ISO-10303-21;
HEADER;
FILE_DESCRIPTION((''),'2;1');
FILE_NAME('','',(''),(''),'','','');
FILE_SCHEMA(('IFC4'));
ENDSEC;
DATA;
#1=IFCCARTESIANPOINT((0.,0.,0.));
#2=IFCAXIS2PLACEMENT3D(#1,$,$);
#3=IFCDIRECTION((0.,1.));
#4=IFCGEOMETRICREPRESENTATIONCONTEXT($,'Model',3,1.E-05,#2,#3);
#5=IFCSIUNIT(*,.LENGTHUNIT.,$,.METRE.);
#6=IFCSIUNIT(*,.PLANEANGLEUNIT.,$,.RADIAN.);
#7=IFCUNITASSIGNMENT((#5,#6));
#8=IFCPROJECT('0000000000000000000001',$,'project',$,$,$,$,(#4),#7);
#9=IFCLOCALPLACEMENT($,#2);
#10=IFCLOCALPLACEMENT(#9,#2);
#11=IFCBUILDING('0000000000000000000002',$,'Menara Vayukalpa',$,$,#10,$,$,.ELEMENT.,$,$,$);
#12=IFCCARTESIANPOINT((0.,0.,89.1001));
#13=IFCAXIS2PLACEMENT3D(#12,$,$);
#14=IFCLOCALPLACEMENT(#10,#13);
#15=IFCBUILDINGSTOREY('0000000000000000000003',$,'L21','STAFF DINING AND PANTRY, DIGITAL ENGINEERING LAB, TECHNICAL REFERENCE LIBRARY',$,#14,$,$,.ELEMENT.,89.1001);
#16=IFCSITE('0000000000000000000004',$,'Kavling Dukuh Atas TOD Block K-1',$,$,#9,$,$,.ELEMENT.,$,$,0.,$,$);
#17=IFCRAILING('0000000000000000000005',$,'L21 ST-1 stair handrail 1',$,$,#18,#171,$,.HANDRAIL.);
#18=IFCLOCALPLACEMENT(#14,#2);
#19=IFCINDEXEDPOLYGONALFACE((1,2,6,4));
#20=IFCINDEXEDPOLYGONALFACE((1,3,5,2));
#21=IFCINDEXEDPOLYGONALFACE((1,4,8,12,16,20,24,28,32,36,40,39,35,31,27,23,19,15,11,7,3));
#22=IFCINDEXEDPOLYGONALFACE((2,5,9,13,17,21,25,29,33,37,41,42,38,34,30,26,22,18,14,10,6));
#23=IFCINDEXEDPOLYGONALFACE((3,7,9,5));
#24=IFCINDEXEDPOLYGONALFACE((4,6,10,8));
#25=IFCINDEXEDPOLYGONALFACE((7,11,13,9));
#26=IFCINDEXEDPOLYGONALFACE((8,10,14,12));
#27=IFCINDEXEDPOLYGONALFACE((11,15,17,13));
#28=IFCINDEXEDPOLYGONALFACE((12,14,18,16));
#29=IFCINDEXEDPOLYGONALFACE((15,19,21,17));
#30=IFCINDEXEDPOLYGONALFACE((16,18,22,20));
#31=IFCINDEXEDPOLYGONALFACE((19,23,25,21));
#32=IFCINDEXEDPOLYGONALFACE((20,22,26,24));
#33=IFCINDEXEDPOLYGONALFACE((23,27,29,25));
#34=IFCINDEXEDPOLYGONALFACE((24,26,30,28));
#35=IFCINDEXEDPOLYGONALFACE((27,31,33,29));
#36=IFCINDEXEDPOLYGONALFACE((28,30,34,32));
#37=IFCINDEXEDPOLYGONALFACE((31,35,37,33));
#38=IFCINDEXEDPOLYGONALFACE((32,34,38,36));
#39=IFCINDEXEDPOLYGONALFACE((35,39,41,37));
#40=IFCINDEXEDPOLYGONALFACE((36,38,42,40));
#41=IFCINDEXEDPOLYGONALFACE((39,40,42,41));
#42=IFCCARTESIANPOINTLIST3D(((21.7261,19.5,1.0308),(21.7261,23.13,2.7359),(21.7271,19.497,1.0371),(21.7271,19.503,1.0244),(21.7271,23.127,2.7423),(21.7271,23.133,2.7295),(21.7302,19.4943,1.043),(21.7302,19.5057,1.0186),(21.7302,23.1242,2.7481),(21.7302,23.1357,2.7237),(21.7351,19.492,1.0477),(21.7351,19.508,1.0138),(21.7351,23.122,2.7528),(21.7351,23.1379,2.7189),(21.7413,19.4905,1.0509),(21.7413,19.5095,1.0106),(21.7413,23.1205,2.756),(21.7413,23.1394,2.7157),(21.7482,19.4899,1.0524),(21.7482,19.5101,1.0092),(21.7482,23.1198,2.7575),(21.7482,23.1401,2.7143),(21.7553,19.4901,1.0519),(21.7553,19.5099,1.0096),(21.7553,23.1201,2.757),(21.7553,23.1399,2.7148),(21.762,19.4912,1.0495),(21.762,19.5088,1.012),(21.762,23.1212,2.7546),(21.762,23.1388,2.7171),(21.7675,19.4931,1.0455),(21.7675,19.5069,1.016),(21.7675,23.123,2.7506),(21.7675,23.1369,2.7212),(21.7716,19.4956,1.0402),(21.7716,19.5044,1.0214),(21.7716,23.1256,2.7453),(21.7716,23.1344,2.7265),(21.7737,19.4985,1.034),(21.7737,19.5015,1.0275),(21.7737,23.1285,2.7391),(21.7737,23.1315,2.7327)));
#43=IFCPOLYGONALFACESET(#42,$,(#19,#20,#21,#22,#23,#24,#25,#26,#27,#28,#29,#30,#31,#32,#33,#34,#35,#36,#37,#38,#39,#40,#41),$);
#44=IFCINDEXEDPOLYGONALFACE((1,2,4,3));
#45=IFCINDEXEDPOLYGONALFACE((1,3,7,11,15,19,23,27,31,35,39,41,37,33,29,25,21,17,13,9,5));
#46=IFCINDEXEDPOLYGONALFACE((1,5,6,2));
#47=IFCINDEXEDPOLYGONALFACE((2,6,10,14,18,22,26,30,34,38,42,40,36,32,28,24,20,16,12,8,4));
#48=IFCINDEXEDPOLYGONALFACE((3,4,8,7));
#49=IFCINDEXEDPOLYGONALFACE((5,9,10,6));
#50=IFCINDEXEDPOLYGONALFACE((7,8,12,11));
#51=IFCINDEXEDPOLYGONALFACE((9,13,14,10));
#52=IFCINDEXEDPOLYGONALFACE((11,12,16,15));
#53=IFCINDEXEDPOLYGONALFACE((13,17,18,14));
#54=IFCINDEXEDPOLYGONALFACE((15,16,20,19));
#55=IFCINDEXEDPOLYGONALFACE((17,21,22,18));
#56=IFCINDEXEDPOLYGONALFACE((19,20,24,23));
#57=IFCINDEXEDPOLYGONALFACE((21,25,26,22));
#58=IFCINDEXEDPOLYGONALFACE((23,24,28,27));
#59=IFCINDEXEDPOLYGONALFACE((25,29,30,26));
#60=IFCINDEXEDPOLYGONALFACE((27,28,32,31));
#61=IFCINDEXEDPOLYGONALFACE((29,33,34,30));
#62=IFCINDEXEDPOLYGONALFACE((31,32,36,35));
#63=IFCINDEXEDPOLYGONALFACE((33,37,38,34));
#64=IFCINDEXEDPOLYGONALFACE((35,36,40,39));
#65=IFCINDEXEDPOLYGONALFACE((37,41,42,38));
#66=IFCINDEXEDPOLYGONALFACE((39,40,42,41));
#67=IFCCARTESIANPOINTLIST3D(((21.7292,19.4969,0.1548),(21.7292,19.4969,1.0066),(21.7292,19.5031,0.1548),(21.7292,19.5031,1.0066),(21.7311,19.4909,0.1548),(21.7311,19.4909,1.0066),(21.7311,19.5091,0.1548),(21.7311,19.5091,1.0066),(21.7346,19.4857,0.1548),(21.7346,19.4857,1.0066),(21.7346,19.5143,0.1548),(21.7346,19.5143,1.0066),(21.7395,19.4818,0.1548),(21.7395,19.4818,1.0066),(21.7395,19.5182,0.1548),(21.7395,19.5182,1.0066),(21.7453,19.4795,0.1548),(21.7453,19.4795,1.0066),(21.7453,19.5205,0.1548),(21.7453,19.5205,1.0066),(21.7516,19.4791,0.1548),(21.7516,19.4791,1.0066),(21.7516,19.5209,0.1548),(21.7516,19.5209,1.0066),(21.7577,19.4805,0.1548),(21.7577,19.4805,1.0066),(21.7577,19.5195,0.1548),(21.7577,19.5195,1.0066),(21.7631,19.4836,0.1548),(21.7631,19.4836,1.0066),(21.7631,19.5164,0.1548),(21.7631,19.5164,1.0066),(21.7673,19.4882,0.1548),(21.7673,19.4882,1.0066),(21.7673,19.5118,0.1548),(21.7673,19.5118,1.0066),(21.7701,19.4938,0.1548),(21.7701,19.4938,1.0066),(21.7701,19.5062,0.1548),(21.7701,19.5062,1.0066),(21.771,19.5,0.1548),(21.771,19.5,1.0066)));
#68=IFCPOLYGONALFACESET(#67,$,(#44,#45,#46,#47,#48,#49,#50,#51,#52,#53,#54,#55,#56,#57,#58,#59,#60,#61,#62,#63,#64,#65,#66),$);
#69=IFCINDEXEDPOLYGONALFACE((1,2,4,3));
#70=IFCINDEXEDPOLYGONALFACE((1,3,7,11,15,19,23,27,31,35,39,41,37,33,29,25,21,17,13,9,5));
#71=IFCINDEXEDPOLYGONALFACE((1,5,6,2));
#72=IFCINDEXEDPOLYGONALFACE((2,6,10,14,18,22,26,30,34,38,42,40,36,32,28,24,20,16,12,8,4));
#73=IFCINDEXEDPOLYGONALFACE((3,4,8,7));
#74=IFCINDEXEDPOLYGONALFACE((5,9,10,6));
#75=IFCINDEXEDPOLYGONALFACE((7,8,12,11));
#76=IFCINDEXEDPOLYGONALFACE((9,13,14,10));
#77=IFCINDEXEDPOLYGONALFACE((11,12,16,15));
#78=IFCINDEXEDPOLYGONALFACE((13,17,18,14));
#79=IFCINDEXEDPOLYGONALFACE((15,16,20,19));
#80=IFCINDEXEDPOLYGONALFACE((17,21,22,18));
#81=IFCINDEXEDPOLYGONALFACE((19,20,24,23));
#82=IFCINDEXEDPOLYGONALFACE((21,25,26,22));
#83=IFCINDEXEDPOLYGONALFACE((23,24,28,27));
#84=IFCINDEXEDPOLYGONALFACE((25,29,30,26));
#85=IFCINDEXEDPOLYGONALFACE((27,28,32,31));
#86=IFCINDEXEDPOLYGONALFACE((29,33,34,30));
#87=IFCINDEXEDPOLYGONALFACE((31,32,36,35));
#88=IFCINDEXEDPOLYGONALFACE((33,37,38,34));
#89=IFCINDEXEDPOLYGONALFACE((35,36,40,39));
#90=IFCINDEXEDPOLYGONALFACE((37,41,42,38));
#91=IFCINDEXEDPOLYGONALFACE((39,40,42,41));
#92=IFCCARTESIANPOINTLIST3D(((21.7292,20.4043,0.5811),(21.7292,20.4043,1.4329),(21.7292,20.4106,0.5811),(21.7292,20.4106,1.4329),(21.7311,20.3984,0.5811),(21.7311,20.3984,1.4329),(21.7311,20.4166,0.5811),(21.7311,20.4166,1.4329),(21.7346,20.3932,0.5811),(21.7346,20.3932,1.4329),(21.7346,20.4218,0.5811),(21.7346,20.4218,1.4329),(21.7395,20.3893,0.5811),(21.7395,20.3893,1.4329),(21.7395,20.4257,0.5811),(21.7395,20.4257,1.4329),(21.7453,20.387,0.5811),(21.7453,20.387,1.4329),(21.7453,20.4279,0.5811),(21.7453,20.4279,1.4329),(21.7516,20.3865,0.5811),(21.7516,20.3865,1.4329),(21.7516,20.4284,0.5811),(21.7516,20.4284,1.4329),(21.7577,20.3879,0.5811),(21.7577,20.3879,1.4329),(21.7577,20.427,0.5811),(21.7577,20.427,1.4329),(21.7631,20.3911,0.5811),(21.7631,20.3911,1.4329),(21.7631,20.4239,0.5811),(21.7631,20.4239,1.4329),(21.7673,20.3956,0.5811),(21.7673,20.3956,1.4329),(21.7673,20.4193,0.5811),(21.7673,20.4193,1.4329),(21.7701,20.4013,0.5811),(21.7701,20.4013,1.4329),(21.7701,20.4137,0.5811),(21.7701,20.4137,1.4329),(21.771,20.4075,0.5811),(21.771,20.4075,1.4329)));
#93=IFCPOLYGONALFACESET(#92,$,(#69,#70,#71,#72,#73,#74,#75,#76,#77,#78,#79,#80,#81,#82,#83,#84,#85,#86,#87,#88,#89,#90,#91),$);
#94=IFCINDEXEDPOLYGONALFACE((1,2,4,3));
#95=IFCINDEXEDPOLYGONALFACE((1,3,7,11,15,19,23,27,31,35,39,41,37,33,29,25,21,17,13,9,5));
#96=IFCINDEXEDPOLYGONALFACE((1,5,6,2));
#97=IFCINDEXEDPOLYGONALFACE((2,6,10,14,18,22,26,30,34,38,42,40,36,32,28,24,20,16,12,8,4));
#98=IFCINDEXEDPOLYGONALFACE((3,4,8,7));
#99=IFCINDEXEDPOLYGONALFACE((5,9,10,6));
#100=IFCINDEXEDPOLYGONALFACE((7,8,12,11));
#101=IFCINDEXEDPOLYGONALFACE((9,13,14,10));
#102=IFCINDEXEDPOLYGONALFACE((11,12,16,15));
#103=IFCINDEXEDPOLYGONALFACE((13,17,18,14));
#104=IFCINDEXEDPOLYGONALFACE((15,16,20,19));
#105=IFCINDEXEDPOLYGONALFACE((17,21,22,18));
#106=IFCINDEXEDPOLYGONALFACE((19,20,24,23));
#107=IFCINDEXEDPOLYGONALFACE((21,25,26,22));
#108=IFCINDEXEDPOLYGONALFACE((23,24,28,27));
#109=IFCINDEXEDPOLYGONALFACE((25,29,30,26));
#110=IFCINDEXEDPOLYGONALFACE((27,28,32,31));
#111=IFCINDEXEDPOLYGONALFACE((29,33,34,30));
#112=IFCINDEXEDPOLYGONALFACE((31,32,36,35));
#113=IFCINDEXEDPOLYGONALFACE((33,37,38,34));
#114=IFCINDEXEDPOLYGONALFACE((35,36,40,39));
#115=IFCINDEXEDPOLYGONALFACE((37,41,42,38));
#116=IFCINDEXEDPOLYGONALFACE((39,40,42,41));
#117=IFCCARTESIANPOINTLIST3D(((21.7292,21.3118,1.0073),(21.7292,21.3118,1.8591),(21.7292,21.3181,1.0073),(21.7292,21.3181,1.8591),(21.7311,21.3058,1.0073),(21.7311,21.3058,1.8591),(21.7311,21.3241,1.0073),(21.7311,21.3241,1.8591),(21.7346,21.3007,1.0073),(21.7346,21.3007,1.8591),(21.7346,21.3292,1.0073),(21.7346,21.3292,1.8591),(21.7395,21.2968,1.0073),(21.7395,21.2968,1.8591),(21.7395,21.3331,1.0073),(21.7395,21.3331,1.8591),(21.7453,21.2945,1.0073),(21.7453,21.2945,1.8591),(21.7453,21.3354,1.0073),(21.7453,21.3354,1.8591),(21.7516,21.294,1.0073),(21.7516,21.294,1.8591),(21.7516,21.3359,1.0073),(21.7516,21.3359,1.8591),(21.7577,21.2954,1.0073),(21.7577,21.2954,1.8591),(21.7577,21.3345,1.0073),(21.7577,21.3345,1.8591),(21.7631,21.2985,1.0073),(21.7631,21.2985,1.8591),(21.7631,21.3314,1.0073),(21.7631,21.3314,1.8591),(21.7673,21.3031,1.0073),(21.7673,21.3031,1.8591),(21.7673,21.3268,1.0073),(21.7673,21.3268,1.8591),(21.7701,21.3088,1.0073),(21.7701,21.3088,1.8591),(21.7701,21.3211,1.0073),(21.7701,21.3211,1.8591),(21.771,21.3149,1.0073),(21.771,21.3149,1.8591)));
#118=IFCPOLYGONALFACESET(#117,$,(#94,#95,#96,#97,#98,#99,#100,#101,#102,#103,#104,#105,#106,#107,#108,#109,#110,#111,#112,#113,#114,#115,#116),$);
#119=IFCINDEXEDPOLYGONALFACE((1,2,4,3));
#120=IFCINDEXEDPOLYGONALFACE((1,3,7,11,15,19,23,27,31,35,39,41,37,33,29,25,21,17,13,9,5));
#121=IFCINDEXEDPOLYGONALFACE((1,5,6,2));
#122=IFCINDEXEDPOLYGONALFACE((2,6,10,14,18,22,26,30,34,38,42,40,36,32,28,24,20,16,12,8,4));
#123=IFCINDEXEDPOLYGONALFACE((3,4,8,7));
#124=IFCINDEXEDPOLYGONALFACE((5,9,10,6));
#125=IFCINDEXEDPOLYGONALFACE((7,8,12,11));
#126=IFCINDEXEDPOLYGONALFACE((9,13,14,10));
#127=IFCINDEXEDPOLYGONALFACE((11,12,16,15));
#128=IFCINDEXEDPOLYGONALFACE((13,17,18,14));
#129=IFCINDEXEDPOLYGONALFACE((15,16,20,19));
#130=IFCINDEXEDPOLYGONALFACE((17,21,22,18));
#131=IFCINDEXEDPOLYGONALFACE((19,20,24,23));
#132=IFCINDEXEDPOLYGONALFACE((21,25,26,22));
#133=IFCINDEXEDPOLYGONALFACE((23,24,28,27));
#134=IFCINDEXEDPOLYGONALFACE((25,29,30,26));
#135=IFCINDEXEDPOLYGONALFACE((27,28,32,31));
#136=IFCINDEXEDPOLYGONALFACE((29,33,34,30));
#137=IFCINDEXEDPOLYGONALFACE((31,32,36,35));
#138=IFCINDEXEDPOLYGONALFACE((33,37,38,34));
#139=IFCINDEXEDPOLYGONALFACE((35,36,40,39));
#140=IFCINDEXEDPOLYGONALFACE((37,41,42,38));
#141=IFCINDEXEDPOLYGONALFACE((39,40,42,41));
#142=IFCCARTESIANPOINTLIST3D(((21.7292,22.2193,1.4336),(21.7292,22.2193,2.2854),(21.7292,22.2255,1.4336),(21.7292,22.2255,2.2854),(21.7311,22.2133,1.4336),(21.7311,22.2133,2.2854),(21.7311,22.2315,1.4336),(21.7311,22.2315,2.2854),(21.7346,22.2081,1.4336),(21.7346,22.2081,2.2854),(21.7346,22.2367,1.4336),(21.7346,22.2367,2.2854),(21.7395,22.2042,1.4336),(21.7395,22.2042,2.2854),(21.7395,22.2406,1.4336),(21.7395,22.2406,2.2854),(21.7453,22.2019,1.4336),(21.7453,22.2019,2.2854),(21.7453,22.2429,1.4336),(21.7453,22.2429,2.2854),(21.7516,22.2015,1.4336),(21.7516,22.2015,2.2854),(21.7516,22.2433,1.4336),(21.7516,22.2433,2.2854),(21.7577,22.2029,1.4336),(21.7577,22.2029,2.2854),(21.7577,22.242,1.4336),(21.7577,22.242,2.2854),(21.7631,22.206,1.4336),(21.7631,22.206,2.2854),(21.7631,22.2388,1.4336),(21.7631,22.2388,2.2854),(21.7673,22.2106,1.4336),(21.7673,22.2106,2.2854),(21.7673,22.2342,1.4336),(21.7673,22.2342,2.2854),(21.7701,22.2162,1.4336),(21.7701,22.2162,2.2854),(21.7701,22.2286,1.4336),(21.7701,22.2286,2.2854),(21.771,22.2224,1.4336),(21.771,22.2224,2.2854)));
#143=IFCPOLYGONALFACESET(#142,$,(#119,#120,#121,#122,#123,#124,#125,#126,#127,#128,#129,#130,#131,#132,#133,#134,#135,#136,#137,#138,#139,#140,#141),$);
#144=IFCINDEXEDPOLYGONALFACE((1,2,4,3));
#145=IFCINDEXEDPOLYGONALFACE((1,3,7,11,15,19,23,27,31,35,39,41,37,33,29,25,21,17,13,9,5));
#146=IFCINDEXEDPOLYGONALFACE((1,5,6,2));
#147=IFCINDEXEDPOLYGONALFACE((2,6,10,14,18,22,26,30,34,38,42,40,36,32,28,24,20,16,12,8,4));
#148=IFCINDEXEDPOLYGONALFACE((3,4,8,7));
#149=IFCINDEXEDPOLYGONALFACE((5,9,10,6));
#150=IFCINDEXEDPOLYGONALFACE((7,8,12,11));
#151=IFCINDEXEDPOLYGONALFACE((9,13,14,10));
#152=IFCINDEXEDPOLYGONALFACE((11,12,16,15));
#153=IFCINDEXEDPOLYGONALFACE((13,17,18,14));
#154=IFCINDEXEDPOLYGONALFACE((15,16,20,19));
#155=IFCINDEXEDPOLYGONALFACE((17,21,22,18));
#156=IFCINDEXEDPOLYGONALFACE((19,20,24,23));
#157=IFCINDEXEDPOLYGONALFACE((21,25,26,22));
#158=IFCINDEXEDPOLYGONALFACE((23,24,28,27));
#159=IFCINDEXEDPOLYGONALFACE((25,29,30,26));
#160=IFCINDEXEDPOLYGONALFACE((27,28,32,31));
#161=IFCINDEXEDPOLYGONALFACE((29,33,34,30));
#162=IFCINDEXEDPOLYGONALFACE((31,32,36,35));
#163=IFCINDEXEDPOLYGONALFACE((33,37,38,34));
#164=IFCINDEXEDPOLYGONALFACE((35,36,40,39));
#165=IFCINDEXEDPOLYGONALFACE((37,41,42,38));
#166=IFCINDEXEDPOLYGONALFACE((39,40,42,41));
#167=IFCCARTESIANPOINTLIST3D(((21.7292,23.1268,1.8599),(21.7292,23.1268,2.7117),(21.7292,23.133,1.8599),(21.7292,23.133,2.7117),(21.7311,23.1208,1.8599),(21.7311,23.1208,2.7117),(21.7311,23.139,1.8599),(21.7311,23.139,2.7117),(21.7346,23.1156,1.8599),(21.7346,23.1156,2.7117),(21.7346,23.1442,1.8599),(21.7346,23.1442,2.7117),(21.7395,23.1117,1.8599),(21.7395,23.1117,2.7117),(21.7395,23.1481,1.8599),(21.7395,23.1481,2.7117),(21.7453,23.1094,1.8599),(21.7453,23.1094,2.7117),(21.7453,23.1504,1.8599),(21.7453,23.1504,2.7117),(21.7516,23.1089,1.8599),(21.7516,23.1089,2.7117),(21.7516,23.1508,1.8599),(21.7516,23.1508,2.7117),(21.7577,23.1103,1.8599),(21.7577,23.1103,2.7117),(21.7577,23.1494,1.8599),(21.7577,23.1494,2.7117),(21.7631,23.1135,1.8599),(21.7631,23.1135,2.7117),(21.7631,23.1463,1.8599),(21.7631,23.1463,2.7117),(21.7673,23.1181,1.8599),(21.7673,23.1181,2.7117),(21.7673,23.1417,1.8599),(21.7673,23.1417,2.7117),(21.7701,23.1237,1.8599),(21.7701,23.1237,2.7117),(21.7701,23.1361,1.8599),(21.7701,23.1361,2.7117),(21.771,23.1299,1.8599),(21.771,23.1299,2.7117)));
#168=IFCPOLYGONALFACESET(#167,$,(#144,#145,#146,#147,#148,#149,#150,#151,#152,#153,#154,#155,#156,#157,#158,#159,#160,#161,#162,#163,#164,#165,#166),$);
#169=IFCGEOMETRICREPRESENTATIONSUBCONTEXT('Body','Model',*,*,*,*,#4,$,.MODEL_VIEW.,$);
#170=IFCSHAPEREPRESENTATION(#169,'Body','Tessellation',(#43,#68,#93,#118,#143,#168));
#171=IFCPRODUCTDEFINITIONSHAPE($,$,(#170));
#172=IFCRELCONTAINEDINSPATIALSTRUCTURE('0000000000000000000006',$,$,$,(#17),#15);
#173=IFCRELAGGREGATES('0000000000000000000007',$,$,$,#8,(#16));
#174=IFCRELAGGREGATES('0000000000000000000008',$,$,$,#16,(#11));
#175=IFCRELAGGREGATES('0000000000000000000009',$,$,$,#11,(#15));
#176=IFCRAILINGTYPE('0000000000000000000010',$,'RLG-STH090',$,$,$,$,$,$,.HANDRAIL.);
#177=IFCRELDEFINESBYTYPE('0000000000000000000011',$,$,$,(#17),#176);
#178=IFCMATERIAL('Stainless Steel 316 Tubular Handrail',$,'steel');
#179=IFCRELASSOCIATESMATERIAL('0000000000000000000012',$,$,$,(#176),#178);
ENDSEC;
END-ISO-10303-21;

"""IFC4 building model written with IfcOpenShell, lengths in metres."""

from ifc_helpers import new_model, si_unit, direction, frame, origin, origin_2d, place, context, subcontext, project, spatial, circle, extrude, material, type_object, element, save


model = new_model("IFC4")

# Units and contexts
model_context = context("Model", 3, precision=1e-05, world=origin(), true_north=direction((0.0, 1.0)))
body_context = subcontext(model_context, "Body", "Model", "MODEL_VIEW")
ifc_project = project(units=[si_unit("LENGTHUNIT", "METRE"), si_unit("PLANEANGLEUNIT", "RADIAN")], contexts=[model_context])

# Site, building, storey
site_placement = place(None, origin())
site = spatial("IfcSite", under=ifc_project, at=site_placement, Name="Kavling Dukuh Atas TOD Block K-1", CompositionType="ELEMENT", RefElevation=0.0)
building_placement = place(site_placement, origin())
building = spatial("IfcBuilding", under=site, at=building_placement, Name="Menara Vayukalpa", CompositionType="ELEMENT")
storey_placement = place(building_placement, frame((0.0, 0.0, 89.1001)))
storey = spatial("IfcBuildingStorey", under=building, at=storey_placement, Name="L21", Description="STAFF DINING AND PANTRY, DIGITAL ENGINEERING LAB, TECHNICAL REFERENCE LIBRARY", CompositionType="ELEMENT", Elevation=89.1001)

# Railing
ifc_material_1 = material(Name="Stainless Steel 316 Tubular Handrail", Category="steel")
railing_type_1 = type_object("IfcRailingType", Name="RLG-STH090", PredefinedType="HANDRAIL", material=ifc_material_1)
railing_1_placement = place(storey_placement, frame((21.75, 19.5, 0.1548)))
element("IfcRailing", 1, at=railing_1_placement, inside=storey, type_object=railing_type_1, Name="L21 ST-1 stair handrail 1", PredefinedType="HANDRAIL", context=body_context, shape_type="SweptSolid", body=[
    extrude(circle(Radius=0.0239, at=origin_2d()), frame((0.0, 0.0, 0.876), z_axis=(0.0, 0.905116, 0.425164), x_axis=(-1.0, 0.0, 0.0)), (0.0, 0.0, 1.0), 4.0105),
    extrude(circle(Radius=0.021, at=origin_2d()), origin(), (0.0, 0.0, 1.0), 0.8518),
    extrude(circle(Radius=0.021, at=origin_2d()), frame((0.0, 0.9075, 0.4263)), (0.0, 0.0, 1.0), 0.8518),
    extrude(circle(Radius=0.021, at=origin_2d()), frame((0.0, 1.8149, 0.8525)), (0.0, 0.0, 1.0), 0.8518),
    extrude(circle(Radius=0.021, at=origin_2d()), frame((0.0, 2.7224, 1.2788)), (0.0, 0.0, 1.0), 0.8518),
    extrude(circle(Radius=0.021, at=origin_2d()), frame((0.0, 3.6299, 1.7051)), (0.0, 0.0, 1.0), 0.8518),
])

save(model, "model.ifc")
